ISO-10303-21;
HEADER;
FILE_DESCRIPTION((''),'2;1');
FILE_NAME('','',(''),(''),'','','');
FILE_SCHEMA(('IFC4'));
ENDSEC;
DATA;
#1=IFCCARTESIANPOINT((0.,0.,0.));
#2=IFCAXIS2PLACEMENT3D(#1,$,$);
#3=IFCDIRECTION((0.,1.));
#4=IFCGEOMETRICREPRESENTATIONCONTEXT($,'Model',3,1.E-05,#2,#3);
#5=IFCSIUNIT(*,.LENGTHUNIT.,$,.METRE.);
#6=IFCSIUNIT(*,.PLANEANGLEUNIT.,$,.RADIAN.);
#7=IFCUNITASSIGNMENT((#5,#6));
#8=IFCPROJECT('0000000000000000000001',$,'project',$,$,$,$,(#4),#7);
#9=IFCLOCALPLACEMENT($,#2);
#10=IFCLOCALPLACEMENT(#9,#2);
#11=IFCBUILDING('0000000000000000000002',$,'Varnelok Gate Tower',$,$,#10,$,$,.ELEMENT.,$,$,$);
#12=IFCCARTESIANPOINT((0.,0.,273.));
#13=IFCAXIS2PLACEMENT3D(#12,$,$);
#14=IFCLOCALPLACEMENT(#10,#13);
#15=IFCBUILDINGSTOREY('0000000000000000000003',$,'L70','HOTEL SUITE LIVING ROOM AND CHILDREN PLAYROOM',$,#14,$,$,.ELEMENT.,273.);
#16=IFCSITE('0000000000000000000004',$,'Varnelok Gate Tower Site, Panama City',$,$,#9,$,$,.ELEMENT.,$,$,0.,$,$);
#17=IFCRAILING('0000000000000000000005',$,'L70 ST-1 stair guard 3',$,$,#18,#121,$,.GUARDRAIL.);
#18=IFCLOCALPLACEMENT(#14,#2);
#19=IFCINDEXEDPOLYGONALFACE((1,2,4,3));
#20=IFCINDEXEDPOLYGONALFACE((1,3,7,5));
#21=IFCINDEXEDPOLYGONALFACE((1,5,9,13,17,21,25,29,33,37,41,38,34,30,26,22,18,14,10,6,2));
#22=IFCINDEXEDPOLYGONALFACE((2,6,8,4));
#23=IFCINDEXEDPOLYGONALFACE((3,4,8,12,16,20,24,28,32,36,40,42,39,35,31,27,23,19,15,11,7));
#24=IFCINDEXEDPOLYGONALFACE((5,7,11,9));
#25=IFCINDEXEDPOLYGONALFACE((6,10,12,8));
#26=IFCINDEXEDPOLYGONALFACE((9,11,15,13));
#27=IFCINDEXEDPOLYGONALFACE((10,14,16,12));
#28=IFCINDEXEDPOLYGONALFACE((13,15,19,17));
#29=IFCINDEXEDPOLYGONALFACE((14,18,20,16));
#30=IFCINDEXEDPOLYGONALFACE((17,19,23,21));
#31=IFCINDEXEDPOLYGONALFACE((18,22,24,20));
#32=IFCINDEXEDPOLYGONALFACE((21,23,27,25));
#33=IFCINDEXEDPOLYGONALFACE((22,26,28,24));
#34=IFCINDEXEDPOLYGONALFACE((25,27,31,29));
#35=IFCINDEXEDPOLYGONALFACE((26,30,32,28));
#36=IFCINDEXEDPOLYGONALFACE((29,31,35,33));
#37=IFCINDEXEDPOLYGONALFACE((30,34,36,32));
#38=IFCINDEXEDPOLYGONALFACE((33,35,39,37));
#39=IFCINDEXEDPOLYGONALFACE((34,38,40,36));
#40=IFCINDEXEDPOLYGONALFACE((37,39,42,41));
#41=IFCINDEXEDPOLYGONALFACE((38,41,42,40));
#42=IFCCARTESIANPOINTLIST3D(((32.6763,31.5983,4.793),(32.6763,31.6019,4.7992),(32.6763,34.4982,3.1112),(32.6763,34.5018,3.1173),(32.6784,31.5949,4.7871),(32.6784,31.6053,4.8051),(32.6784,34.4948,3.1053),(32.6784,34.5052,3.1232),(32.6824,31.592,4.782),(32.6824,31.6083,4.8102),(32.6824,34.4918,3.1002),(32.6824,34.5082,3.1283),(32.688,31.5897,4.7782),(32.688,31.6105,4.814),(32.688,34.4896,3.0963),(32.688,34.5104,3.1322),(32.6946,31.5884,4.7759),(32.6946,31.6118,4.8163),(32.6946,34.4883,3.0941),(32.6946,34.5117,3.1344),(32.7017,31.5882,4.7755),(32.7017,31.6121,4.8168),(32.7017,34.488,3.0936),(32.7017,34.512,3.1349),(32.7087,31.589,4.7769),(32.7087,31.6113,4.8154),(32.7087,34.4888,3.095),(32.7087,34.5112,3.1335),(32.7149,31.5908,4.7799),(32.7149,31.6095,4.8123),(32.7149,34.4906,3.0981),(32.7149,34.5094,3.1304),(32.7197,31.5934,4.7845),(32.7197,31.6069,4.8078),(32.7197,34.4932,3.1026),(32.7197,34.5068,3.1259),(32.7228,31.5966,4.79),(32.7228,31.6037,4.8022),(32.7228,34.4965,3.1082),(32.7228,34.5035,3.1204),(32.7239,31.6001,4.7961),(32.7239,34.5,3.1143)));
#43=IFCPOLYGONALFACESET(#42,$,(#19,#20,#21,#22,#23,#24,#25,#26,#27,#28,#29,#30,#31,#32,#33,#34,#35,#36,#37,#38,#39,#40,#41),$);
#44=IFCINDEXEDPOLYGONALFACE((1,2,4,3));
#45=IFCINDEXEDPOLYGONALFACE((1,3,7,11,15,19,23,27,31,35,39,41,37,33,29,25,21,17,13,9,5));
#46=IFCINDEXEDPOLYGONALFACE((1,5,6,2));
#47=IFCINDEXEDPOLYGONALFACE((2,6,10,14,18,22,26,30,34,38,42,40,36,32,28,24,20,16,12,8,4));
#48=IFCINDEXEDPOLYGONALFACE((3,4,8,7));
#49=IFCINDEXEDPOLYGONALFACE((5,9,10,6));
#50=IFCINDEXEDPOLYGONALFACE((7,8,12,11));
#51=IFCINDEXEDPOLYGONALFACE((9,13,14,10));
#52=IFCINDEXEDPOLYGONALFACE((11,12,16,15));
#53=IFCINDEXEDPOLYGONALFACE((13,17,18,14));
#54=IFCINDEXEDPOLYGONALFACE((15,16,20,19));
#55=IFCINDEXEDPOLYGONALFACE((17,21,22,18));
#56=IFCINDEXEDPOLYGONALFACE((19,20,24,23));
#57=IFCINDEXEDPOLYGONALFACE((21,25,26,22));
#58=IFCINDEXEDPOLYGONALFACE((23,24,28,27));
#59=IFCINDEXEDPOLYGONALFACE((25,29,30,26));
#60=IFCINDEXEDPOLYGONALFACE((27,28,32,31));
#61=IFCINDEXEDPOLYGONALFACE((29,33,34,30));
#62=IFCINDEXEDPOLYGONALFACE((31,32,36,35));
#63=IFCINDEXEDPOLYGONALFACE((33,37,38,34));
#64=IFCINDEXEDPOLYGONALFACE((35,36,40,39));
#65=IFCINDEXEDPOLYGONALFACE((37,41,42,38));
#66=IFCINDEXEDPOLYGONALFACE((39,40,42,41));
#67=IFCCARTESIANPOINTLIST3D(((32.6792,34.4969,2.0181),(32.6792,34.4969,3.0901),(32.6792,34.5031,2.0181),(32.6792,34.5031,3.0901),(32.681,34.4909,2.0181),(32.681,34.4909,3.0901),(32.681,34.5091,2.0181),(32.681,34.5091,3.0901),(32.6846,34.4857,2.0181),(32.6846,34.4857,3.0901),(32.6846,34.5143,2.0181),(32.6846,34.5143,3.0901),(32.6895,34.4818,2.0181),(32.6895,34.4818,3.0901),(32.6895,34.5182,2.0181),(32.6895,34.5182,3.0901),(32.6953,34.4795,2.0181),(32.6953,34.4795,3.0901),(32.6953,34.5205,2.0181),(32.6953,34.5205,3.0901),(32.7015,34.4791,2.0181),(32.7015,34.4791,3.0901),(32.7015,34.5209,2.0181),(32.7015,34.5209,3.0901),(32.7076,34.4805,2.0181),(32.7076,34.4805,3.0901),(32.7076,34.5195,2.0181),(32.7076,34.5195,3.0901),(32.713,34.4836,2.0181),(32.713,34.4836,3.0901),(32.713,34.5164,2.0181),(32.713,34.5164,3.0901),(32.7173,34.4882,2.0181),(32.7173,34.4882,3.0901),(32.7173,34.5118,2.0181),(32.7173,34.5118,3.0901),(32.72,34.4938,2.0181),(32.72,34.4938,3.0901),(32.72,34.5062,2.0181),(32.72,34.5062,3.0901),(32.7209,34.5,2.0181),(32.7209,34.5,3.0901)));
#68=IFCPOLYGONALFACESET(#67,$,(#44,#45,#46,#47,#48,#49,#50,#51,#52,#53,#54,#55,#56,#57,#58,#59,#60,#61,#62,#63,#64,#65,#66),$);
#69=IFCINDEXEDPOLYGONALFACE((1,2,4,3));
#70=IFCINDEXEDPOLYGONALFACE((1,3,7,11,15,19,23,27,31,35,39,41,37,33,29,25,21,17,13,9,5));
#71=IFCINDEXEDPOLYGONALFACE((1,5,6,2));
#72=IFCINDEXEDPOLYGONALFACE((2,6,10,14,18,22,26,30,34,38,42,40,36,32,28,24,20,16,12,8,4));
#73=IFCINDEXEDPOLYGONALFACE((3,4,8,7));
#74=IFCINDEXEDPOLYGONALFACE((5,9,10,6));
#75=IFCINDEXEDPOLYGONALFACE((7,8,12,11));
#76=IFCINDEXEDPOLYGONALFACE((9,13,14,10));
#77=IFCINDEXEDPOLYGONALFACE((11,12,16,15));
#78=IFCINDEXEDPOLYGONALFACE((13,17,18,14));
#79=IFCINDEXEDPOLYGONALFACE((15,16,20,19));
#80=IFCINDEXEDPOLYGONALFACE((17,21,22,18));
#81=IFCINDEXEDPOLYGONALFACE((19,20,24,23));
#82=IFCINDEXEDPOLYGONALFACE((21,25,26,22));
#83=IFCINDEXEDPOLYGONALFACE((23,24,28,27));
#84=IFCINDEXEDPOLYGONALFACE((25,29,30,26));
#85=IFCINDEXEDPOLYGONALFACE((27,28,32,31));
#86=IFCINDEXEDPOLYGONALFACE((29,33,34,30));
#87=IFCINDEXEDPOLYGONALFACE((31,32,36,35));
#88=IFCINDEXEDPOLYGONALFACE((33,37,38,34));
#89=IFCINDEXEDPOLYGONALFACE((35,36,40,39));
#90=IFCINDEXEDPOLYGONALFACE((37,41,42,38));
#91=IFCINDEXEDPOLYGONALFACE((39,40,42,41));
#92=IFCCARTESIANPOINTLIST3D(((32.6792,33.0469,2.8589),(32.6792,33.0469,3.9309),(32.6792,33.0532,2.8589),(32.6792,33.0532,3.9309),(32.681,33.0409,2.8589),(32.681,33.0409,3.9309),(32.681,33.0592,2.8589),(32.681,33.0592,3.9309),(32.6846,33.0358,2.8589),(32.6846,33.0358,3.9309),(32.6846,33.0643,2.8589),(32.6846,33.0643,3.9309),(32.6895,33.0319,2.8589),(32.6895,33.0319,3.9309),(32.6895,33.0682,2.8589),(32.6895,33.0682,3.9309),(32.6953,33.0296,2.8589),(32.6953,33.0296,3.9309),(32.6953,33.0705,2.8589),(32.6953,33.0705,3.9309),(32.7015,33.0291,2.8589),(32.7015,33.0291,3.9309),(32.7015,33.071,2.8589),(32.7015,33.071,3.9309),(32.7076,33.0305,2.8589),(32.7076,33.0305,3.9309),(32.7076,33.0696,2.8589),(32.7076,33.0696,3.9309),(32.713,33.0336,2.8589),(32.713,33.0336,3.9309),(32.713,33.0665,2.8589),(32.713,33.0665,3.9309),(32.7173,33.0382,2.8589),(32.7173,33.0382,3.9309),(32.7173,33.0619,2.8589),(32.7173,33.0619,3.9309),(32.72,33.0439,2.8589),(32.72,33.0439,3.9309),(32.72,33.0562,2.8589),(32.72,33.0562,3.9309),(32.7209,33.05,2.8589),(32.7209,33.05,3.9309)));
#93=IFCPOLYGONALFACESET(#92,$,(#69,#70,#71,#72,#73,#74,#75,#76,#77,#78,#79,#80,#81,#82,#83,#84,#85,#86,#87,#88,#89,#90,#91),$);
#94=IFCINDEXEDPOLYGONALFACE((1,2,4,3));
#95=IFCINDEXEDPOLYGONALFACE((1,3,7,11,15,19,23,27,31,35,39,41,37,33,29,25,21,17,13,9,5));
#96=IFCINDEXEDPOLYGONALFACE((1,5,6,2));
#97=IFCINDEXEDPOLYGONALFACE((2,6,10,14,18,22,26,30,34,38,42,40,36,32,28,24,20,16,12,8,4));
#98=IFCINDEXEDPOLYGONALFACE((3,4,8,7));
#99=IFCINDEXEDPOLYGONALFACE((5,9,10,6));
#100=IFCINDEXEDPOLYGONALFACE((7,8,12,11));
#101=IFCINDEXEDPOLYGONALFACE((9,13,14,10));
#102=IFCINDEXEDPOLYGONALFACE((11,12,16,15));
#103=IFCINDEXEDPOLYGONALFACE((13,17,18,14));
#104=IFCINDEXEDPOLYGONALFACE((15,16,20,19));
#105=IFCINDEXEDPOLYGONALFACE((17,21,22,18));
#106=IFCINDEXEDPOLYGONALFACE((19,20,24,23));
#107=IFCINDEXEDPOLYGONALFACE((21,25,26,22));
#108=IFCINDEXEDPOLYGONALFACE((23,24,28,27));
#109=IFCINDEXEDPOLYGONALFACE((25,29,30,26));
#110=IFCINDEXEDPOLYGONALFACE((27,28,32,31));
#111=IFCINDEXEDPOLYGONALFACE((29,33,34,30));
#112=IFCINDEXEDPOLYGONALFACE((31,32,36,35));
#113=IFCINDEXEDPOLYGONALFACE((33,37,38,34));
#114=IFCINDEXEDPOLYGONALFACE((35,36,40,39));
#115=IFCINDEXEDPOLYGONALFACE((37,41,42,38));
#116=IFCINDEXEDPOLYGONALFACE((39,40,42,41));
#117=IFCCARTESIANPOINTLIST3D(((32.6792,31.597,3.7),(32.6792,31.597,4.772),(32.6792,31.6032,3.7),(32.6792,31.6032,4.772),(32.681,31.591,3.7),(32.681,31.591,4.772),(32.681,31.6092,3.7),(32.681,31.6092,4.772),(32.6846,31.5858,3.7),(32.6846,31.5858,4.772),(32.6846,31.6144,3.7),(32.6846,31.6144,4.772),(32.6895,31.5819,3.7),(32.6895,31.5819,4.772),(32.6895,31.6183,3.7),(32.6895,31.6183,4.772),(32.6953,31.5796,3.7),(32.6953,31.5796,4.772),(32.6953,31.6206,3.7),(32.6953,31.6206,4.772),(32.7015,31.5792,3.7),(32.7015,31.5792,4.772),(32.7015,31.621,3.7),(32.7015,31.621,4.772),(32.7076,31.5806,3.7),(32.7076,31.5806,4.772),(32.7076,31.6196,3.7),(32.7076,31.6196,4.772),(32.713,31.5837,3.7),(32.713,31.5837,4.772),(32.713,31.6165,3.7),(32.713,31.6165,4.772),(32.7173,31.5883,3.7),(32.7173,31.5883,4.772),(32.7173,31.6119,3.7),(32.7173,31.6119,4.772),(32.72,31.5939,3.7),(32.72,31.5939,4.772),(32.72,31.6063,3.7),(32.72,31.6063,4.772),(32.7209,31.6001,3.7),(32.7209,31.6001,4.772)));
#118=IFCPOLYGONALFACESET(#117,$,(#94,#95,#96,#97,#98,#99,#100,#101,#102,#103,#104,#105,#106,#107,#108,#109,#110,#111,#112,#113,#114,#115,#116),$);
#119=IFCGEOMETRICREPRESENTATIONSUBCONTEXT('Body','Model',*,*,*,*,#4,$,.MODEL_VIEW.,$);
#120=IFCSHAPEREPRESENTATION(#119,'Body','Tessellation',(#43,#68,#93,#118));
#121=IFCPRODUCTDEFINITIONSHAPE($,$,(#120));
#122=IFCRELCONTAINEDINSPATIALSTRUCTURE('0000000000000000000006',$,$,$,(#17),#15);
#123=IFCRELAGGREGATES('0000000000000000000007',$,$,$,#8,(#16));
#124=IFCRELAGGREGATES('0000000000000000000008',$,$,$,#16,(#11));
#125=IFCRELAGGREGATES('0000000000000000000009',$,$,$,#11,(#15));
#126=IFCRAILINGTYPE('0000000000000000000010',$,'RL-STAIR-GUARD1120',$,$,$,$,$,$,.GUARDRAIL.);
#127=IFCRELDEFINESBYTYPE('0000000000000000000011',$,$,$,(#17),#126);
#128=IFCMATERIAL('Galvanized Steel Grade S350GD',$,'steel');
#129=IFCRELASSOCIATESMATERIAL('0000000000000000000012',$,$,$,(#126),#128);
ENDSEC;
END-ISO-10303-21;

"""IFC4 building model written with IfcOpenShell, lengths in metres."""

from ifc_helpers import new_model, si_unit, direction, frame, origin, origin_2d, place, context, subcontext, project, spatial, circle, extrude, material, type_object, element, save


model = new_model("IFC4")

# Units and contexts
model_context = context("Model", 3, precision=1e-05, world=origin(), true_north=direction((0.0, 1.0)))
body_context = subcontext(model_context, "Body", "Model", "MODEL_VIEW")
ifc_project = project(units=[si_unit("LENGTHUNIT", "METRE"), si_unit("PLANEANGLEUNIT", "RADIAN")], contexts=[model_context])

# Site, building, storey
site_placement = place(None, origin())
site = spatial("IfcSite", under=ifc_project, at=site_placement, Name="Varnelok Gate Tower Site, Panama City", CompositionType="ELEMENT", RefElevation=0.0)
building_placement = place(site_placement, origin())
building = spatial("IfcBuilding", under=site, at=building_placement, Name="Varnelok Gate Tower", CompositionType="ELEMENT")
storey_placement = place(building_placement, frame((0.0, 0.0, 273.0)))
storey = spatial("IfcBuildingStorey", under=building, at=storey_placement, Name="L70", Description="HOTEL SUITE LIVING ROOM AND CHILDREN PLAYROOM", CompositionType="ELEMENT", Elevation=273.0)

# Shared definitions
ifc_material_1 = material(Name="Galvanized Steel Grade S350GD", Category="steel")

# Railing
railing_type_1 = type_object("IfcRailingType", Name="RL-STAIR-GUARD1120", PredefinedType="GUARDRAIL", material=ifc_material_1)
railing_1_placement = place(storey_placement, frame((32.7, 34.5, 2.0181)))
element("IfcRailing", 1, at=railing_1_placement, inside=storey, type_object=railing_type_1, Name="L70 ST-1 stair guard 3", PredefinedType="GUARDRAIL", context=body_context, shape_type="SweptSolid", body=[
    extrude(circle(Radius=0.0239, at=origin_2d()), frame((0.0, 0.0, 1.0962), z_axis=(0.0, -0.865039, 0.501705), x_axis=(1.0, 0.0, 0.0)), (0.0, 0.0, 1.0), 3.3523),
    extrude(circle(Radius=0.021, at=origin_2d()), origin(), (0.0, 0.0, 1.0), 1.072),
    extrude(circle(Radius=0.021, at=origin_2d()), frame((0.0, -1.45, 0.8408)), (0.0, 0.0, 1.0), 1.072),
    extrude(circle(Radius=0.021, at=origin_2d()), frame((0.0, -2.8999, 1.6819)), (0.0, 0.0, 1.0), 1.072),
])

save(model, "model.ifc")
